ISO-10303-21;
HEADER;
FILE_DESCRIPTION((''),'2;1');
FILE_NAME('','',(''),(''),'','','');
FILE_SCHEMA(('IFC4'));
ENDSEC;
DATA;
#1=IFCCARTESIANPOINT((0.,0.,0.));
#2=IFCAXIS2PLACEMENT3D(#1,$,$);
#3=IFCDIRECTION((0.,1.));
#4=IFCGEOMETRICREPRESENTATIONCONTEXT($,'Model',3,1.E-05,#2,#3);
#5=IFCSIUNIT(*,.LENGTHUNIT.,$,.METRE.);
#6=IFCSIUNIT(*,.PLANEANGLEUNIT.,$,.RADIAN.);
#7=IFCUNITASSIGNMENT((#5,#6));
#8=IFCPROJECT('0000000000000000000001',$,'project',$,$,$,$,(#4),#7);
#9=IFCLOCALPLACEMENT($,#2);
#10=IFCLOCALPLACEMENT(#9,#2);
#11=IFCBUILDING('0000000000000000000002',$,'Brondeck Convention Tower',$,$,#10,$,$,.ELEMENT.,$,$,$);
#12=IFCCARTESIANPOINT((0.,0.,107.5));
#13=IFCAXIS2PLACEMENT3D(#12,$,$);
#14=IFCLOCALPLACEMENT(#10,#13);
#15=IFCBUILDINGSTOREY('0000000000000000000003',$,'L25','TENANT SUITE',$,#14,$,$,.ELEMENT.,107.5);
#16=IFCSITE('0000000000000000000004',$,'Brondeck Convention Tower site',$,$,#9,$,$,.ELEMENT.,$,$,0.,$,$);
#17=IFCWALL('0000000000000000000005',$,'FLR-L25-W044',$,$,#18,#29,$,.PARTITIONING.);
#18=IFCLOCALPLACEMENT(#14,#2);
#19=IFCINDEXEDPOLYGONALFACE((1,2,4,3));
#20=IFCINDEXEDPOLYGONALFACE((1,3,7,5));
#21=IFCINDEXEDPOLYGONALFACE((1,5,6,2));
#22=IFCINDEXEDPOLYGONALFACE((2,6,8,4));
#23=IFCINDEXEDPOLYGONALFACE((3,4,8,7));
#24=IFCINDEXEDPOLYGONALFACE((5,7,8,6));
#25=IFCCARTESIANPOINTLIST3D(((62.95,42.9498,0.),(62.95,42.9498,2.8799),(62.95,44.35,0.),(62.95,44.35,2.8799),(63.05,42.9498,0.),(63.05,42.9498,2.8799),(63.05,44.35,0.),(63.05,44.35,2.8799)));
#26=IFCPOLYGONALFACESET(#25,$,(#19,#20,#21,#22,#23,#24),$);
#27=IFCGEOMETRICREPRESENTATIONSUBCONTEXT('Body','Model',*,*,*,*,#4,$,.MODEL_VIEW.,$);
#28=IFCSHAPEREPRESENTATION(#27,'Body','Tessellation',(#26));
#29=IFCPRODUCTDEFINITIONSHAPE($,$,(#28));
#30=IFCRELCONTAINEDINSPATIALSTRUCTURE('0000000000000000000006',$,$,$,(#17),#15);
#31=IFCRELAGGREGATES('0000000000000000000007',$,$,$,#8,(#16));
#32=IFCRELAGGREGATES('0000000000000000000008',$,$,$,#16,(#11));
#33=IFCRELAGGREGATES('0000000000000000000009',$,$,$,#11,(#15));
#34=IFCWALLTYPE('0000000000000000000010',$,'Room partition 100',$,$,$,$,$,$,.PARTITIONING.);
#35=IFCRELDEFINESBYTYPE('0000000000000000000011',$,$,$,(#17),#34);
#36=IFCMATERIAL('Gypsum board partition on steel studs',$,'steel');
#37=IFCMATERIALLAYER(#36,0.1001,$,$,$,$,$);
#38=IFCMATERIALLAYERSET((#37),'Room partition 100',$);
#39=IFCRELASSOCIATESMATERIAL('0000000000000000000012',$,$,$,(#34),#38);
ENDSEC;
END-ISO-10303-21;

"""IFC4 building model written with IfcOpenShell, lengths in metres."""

from ifc_helpers import new_model, si_unit, direction, frame, frame_2d, origin, place, context, subcontext, project, spatial, rectangle, extrude, material, layer, layer_set, type_object, element, save


model = new_model("IFC4")

# Units and contexts
model_context = context("Model", 3, precision=1e-05, world=origin(), true_north=direction((0.0, 1.0)))
body_context = subcontext(model_context, "Body", "Model", "MODEL_VIEW")
ifc_project = project(units=[si_unit("LENGTHUNIT", "METRE"), si_unit("PLANEANGLEUNIT", "RADIAN")], contexts=[model_context])

# Site, building, storey
site_placement = place(None, origin())
site = spatial("IfcSite", under=ifc_project, at=site_placement, Name="Brondeck Convention Tower site", CompositionType="ELEMENT", RefElevation=0.0)
building_placement = place(site_placement, origin())
building = spatial("IfcBuilding", under=site, at=building_placement, Name="Brondeck Convention Tower", CompositionType="ELEMENT")
storey_placement = place(building_placement, frame((0.0, 0.0, 107.5)))
storey = spatial("IfcBuildingStorey", under=building, at=storey_placement, Name="L25", Description="TENANT SUITE", CompositionType="ELEMENT", Elevation=107.5)

# Shared definitions
ifc_material_1 = material(Name="Gypsum board partition on steel studs", Category="steel")
ifc_layer_1 = layer(ifc_material_1, 0.1001)
ifc_layer_set_1 = layer_set([ifc_layer_1], Name="Room partition 100")
wall_type_1 = type_object("IfcWallType", Name="Room partition 100", PredefinedType="PARTITIONING", material=ifc_layer_set_1)

# Wall
wall_1_placement = place(storey_placement, frame((63.0, 44.3501, 0.0), z_axis=(0.0, 0.0, 1.0), x_axis=(0.0, -1.0, 0.0)))
element("IfcWall", 1, at=wall_1_placement, inside=storey, type_object=wall_type_1, Name="FLR-L25-W044", PredefinedType="PARTITIONING", context=body_context, shape_type="SweptSolid", body=[
    extrude(rectangle(XDim=1.4001, YDim=0.1001, at=frame_2d((0.7002, 0.0))), origin(), (0.0, 0.0, 1.0), 2.8799),
])

save(model, "model.ifc")
